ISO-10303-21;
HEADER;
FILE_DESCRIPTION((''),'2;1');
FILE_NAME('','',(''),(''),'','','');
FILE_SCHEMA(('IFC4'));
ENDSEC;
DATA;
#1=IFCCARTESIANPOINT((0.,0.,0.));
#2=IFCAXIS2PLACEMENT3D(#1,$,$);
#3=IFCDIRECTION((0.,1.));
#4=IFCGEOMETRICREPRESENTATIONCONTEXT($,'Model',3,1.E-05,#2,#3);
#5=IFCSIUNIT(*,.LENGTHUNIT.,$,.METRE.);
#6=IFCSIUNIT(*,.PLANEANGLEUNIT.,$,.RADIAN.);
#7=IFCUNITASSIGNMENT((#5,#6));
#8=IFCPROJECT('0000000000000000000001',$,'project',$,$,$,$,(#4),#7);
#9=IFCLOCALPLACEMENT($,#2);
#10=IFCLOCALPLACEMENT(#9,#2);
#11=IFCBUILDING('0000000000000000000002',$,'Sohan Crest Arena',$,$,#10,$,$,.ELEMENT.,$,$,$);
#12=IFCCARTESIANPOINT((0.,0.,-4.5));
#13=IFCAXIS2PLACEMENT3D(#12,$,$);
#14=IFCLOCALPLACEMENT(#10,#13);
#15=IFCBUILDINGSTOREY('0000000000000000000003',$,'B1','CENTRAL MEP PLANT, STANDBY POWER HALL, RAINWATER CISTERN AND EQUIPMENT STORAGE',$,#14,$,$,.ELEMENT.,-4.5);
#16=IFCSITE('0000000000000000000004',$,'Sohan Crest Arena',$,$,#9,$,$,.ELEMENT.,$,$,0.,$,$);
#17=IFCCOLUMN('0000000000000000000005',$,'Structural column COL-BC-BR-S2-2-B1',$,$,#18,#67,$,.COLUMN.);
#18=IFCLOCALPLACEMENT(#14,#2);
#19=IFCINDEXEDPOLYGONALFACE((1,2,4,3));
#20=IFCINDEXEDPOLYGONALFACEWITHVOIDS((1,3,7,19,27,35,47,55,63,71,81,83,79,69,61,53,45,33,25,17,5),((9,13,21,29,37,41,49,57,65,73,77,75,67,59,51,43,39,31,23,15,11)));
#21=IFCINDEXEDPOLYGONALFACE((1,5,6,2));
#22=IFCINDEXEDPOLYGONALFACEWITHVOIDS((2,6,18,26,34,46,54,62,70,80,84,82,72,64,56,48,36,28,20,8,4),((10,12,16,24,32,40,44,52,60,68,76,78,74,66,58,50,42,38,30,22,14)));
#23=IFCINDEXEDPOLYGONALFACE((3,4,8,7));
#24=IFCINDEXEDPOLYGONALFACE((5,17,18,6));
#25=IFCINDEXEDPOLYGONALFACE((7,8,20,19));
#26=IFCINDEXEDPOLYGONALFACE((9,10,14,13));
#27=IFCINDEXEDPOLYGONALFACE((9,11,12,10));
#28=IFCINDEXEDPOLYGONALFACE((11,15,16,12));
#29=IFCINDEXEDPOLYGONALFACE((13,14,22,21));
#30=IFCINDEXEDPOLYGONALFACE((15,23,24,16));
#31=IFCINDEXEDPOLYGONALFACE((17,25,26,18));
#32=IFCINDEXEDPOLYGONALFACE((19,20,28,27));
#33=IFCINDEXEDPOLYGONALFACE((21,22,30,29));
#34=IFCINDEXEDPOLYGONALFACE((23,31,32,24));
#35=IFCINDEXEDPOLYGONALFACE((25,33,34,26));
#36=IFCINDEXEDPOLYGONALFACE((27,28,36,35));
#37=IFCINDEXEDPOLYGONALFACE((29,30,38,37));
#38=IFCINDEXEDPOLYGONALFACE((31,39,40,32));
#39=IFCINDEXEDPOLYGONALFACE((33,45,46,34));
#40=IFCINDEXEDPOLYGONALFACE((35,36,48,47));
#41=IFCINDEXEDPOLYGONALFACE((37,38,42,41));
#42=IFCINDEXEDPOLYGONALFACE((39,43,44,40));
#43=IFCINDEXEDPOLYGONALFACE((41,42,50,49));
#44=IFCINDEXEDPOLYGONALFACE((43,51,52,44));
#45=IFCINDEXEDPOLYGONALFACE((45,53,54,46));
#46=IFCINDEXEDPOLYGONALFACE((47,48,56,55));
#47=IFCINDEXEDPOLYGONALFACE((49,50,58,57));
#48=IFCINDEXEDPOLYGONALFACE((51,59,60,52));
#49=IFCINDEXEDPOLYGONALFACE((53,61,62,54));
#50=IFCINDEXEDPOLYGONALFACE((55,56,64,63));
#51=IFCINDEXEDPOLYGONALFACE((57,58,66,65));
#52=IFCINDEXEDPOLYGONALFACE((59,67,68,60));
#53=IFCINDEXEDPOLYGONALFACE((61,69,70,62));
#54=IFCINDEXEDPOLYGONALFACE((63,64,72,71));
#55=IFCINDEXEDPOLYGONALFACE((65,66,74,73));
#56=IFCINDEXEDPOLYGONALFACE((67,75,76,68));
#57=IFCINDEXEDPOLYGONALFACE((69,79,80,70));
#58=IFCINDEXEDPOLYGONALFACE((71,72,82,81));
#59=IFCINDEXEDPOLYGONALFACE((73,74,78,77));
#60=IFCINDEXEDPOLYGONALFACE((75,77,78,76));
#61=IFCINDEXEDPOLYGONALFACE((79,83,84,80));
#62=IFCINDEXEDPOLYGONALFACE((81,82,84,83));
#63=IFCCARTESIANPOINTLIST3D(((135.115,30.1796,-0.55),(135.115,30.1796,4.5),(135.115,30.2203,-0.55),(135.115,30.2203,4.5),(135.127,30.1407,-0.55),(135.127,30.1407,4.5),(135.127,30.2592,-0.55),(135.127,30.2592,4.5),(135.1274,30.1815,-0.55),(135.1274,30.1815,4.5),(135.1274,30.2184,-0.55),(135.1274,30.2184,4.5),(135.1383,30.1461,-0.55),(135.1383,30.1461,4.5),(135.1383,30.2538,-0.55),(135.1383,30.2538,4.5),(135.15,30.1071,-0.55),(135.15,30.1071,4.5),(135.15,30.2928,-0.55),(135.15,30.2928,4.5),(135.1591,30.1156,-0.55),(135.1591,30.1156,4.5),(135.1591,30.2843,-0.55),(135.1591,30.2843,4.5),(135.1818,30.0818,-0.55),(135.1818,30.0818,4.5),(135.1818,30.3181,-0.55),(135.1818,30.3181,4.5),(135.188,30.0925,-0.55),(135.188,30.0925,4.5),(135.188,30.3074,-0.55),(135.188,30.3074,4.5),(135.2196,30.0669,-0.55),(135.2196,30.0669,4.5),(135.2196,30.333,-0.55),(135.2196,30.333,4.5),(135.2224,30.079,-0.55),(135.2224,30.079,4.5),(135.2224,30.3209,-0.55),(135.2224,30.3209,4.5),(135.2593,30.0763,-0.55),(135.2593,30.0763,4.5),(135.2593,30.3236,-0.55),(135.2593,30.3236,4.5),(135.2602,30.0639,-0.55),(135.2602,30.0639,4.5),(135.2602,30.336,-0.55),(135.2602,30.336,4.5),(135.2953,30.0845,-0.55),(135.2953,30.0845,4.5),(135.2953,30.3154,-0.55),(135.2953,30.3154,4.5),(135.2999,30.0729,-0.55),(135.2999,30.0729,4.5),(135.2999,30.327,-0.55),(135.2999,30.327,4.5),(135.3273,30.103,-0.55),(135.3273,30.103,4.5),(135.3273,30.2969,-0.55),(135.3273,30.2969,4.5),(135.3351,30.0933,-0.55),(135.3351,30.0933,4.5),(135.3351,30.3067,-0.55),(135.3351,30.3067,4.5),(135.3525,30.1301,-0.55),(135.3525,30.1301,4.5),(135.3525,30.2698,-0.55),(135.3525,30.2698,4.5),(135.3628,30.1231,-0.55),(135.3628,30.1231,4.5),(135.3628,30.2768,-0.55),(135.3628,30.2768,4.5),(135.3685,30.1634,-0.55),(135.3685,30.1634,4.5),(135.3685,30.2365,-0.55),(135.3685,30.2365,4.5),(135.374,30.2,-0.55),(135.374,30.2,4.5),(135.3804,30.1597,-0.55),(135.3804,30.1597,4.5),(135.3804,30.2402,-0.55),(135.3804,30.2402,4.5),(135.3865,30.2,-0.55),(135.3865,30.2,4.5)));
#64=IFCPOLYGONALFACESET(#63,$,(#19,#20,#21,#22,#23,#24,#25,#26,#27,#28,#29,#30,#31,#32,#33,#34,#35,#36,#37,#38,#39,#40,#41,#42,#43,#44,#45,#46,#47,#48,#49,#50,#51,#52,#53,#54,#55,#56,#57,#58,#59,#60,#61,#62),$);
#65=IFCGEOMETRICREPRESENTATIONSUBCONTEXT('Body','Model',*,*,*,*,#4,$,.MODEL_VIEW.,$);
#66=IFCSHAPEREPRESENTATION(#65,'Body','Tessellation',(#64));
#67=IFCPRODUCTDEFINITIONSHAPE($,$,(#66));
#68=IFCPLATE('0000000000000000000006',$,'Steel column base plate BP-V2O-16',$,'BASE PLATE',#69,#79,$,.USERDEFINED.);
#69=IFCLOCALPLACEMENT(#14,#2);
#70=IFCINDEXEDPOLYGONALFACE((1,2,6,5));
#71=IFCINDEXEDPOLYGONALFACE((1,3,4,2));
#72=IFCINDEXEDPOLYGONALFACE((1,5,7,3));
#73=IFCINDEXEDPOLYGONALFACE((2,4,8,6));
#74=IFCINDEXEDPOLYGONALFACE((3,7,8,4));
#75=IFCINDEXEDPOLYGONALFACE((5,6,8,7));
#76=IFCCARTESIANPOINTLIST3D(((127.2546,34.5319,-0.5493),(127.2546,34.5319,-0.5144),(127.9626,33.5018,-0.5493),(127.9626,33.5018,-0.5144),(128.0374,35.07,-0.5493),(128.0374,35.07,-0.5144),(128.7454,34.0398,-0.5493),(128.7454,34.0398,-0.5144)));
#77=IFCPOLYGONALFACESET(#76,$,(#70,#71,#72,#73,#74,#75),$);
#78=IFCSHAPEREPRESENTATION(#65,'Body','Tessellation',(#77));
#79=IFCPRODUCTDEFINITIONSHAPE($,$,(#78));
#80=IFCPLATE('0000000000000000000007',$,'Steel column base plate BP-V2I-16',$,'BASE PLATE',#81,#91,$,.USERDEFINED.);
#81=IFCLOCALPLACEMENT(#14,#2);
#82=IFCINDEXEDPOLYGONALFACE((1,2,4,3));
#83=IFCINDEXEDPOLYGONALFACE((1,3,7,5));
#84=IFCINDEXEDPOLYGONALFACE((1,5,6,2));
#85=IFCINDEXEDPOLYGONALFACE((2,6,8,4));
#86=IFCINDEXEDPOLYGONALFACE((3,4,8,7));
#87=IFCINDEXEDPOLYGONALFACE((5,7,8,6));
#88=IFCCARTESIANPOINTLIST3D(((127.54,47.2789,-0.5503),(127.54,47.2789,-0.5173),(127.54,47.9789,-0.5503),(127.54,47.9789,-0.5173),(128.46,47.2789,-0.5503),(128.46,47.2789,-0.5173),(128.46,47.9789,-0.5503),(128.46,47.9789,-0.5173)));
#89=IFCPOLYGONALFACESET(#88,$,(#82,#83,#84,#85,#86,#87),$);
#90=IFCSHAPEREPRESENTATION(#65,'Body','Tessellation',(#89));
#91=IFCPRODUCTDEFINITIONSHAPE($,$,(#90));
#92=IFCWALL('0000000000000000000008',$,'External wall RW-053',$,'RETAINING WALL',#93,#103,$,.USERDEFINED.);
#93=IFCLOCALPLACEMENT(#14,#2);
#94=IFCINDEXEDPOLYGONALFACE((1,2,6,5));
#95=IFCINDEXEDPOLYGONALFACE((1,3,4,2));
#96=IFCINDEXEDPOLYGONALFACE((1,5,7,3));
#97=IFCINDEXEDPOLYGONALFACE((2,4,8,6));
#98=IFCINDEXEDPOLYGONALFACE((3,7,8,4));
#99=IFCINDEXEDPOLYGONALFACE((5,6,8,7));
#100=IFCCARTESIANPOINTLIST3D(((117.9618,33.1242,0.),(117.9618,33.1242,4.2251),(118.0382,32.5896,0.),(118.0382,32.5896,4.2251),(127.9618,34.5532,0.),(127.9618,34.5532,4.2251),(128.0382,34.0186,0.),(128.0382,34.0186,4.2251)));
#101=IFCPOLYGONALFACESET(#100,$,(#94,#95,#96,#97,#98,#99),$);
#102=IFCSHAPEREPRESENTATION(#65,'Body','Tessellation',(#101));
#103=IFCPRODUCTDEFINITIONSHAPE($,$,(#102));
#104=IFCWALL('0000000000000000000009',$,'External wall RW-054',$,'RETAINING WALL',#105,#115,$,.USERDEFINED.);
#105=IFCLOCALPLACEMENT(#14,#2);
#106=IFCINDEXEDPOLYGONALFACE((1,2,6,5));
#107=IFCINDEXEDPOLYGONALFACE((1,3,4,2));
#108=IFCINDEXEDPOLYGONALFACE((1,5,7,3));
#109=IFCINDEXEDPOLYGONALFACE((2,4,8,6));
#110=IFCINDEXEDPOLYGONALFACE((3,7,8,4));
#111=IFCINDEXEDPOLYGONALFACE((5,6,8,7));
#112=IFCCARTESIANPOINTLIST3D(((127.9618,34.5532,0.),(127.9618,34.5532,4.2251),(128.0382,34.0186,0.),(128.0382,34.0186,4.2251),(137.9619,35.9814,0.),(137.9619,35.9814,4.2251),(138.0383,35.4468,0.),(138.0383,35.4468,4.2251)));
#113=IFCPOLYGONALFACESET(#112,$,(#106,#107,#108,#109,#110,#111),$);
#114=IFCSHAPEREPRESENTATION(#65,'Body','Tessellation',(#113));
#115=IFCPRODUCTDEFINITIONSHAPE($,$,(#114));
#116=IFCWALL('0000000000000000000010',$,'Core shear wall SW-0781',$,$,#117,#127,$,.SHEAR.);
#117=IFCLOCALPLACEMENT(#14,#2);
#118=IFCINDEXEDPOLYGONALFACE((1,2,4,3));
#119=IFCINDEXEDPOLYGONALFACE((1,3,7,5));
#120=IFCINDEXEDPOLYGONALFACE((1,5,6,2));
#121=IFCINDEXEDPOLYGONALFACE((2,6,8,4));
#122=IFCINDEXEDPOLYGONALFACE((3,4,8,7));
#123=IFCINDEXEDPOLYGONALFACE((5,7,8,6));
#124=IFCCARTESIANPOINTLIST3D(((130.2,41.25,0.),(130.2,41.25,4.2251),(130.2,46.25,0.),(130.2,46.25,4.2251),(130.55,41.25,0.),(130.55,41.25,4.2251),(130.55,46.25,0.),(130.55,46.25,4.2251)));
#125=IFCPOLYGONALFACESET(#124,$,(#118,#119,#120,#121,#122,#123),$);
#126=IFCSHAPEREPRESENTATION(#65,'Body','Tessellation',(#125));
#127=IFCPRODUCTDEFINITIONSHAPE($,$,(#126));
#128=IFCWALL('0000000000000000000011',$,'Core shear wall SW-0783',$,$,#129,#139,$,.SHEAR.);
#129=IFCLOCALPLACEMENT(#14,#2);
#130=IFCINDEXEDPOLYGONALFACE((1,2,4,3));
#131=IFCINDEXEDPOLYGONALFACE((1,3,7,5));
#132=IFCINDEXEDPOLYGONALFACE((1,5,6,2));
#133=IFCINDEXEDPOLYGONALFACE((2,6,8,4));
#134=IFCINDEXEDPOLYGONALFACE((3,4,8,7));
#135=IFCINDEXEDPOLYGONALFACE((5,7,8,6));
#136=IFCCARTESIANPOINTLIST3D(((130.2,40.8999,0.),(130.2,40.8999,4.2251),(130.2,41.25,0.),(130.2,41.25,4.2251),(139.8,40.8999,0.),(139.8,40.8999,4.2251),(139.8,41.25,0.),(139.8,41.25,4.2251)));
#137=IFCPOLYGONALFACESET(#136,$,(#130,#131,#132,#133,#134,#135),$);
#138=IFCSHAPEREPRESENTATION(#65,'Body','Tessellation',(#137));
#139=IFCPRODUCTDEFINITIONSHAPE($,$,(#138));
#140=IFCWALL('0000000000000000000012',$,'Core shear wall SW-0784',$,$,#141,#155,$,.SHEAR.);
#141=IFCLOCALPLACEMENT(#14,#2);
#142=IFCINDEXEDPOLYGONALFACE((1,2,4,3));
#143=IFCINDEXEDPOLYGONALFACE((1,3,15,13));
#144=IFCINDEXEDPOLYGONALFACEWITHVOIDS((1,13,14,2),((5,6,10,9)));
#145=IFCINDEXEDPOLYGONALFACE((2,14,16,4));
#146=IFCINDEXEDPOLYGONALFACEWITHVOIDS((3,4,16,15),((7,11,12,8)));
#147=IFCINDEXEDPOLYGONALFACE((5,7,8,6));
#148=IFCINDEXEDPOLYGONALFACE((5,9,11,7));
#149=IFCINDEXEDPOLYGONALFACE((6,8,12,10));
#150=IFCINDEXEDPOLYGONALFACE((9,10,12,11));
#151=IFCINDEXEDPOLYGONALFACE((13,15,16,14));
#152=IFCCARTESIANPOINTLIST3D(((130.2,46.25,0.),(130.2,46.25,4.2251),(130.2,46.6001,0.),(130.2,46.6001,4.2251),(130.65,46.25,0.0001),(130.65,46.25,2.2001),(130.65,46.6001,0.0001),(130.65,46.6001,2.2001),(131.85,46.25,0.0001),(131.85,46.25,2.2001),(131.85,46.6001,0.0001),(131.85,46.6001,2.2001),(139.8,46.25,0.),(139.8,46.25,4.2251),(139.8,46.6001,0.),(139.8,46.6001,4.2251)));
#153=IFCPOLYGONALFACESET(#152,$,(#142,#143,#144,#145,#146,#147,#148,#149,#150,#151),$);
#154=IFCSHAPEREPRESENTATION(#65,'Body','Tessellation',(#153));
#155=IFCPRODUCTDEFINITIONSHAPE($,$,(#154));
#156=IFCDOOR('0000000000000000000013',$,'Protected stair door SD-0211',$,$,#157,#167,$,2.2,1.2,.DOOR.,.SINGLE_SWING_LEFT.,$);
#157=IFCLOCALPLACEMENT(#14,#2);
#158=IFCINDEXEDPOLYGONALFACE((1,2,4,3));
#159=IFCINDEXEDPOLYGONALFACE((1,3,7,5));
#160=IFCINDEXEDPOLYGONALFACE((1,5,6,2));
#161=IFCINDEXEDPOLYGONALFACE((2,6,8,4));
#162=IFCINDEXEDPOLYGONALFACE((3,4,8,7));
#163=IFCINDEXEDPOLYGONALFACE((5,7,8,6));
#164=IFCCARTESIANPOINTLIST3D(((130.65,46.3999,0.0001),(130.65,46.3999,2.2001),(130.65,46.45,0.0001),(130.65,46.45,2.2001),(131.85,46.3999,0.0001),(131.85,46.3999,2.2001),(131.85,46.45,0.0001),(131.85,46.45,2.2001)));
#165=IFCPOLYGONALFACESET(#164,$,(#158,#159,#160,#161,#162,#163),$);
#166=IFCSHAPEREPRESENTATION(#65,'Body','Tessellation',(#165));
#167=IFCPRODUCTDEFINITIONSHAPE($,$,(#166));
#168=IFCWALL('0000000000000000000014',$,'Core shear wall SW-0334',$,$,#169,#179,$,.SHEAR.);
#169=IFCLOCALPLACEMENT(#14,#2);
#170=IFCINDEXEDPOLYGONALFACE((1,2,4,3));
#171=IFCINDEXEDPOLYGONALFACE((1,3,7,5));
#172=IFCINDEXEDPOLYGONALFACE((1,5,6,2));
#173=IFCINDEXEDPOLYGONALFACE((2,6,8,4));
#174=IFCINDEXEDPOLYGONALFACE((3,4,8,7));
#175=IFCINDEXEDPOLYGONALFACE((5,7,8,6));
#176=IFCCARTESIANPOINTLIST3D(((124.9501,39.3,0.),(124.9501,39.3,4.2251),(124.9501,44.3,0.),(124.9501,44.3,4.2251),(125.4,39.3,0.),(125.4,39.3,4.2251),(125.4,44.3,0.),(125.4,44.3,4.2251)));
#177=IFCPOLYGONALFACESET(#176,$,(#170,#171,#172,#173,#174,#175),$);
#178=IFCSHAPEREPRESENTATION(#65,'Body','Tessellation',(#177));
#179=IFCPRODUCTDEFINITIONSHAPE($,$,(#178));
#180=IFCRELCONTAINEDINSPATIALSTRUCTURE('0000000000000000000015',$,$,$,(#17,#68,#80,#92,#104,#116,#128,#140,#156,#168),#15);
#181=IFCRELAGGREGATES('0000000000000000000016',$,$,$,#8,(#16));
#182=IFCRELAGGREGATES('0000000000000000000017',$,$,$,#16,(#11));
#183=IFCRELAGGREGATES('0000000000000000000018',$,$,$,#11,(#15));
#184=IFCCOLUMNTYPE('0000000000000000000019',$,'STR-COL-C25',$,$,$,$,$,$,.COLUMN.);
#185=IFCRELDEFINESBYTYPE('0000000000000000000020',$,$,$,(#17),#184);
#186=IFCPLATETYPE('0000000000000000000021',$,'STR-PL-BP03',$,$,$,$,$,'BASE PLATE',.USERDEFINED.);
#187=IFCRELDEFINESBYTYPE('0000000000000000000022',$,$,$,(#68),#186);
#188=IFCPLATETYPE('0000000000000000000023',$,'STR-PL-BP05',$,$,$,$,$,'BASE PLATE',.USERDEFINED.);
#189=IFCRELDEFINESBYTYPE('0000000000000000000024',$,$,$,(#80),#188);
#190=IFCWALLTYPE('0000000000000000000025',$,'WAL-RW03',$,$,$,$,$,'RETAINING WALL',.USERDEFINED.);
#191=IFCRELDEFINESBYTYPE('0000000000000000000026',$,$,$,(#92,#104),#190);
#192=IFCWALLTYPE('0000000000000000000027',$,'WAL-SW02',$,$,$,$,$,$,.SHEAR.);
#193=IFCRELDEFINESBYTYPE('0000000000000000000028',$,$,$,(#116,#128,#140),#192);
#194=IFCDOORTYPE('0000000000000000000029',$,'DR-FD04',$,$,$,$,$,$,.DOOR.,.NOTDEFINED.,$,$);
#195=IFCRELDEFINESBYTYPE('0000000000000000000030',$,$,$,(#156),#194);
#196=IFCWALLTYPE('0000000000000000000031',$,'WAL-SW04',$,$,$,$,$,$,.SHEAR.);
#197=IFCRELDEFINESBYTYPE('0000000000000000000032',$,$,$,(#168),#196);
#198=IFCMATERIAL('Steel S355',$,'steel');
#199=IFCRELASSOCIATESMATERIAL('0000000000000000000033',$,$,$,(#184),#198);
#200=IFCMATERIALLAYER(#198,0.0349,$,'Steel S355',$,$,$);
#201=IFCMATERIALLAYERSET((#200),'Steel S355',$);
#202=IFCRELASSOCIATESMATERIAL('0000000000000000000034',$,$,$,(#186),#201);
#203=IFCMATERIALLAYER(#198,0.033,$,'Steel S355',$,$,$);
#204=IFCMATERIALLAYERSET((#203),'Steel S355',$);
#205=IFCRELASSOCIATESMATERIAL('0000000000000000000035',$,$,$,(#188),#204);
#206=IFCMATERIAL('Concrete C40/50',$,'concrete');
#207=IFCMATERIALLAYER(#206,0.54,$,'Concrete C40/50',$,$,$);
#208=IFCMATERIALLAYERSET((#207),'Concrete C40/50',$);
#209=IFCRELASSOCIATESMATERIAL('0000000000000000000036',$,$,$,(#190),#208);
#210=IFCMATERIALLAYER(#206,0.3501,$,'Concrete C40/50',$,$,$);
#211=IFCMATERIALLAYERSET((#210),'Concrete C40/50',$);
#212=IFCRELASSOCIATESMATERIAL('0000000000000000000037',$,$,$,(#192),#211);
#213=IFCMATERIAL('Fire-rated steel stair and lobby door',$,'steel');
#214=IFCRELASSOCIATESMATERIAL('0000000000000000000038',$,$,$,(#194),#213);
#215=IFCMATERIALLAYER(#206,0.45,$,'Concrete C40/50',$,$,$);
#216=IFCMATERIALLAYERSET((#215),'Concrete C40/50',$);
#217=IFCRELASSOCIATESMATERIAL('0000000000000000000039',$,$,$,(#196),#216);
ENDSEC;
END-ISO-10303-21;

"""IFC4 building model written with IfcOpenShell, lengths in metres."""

from ifc_helpers import new_model, si_unit, direction, frame, frame_2d, origin, origin_2d, place, context, subcontext, project, spatial, rectangle, hollow_circle, extrude, material, layer, layer_set, material_profile, profile_set, type_object, element, fill, save


model = new_model("IFC4")

# Units and contexts
model_context = context("Model", 3, precision=1e-05, world=origin(), true_north=direction((0.0, 1.0)))
body_context = subcontext(model_context, "Body", "Model", "MODEL_VIEW")
ifc_project = project(units=[si_unit("LENGTHUNIT", "METRE"), si_unit("PLANEANGLEUNIT", "RADIAN")], contexts=[model_context])

# Site, building, storey
site_placement = place(None, origin())
site = spatial("IfcSite", under=ifc_project, at=site_placement, Name="Sohan Crest Arena", CompositionType="ELEMENT", RefElevation=0.0)
building_placement = place(site_placement, origin())
building = spatial("IfcBuilding", under=site, at=building_placement, Name="Sohan Crest Arena", CompositionType="ELEMENT")
storey_placement = place(building_placement, frame((0.0, 0.0, -4.5)))
storey = spatial("IfcBuildingStorey", under=building, at=storey_placement, Name="B1", Description="CENTRAL MEP PLANT, STANDBY POWER HALL, RAINWATER CISTERN AND EQUIPMENT STORAGE", CompositionType="ELEMENT", Elevation=-4.5)

# Shared definitions
ifc_material_1 = material(Name="Concrete C40/50", Category="concrete")

# Column
ifc_material_2 = material(Name="Steel S355", Category="steel")
ifc_material_profile_1 = material_profile(ifc_material_2, hollow_circle(Radius=0.1365, WallThickness=0.0125, at=origin_2d()), Name="CHS 273x12.5")
ifc_profile_set_1 = profile_set([ifc_material_profile_1], Name="Steel S355")
column_type_1 = type_object("IfcColumnType", Name="STR-COL-C25", PredefinedType="COLUMN", material=ifc_profile_set_1)
column_1_placement = place(storey_placement, frame((135.25, 30.2, -0.55), z_axis=(0.0, 0.0, 1.0), x_axis=(1.0, 0.0, 0.0)))
element("IfcColumn", 1, at=column_1_placement, inside=storey, type_object=column_type_1, Name="Structural column COL-BC-BR-S2-2-B1", PredefinedType="COLUMN", context=body_context, shape_type="SweptSolid", body=[
    extrude(hollow_circle(Radius=0.1365, WallThickness=0.0125, at=origin_2d()), origin(), (0.0, 0.0, 1.0), 5.05),
])

# Plates
ifc_layer_1 = layer(ifc_material_2, 0.0349, Name="Steel S355")
ifc_layer_set_1 = layer_set([ifc_layer_1], Name="Steel S355")
plate_type_1 = type_object("IfcPlateType", Name="STR-PL-BP03", ElementType="BASE PLATE", PredefinedType="USERDEFINED", material=ifc_layer_set_1)
plate_1_placement = place(storey_placement, frame((128.0, 34.2859, -0.5493), z_axis=(0.0, 0.0, 1.0), x_axis=(-0.566406, 0.824126, 0.0)))
element("IfcPlate", 2, at=plate_1_placement, inside=storey, type_object=plate_type_1, Name="Steel column base plate BP-V2O-16", ObjectType="BASE PLATE", PredefinedType="USERDEFINED", context=body_context, shape_type="SweptSolid", body=[
    extrude(rectangle(XDim=1.25, YDim=0.95, at=origin_2d()), origin(), (0.0, 0.0, 1.0), 0.0349),
])
ifc_layer_2 = layer(ifc_material_2, 0.033, Name="Steel S355")
ifc_layer_set_2 = layer_set([ifc_layer_2], Name="Steel S355")
plate_type_2 = type_object("IfcPlateType", Name="STR-PL-BP05", ElementType="BASE PLATE", PredefinedType="USERDEFINED", material=ifc_layer_set_2)
plate_2_placement = place(storey_placement, frame((128.0, 47.6289, -0.5503), z_axis=(0.0, 0.0, 1.0), x_axis=(1.0, 0.0, 0.0)))
element("IfcPlate", 3, at=plate_2_placement, inside=storey, type_object=plate_type_2, Name="Steel column base plate BP-V2I-16", ObjectType="BASE PLATE", PredefinedType="USERDEFINED", context=body_context, shape_type="SweptSolid", body=[
    extrude(rectangle(XDim=0.9199, YDim=0.7, at=origin_2d()), origin(), (0.0, 0.0, 1.0), 0.033),
])

# Walls
ifc_layer_3 = layer(ifc_material_1, 0.54, Name="Concrete C40/50")
ifc_layer_set_3 = layer_set([ifc_layer_3], Name="Concrete C40/50")
wall_type_1 = type_object("IfcWallType", Name="WAL-RW03", ElementType="RETAINING WALL", PredefinedType="USERDEFINED", material=ifc_layer_set_3)
for number, where, z_axis, x_axis, name in (
    (4, (118.0, 32.8569, 0.0), (0.0, 0.0, 1.0), (0.989944, 0.141459, 0.0), "External wall RW-053"),
    (5, (128.0, 34.2859, 0.0), (0.0, 0.0, 1.0), (0.989954, 0.141388, 0.0), "External wall RW-054"),
):
    element("IfcWall", number, at=place(storey_placement, frame(where, z_axis=z_axis, x_axis=x_axis)), inside=storey, type_object=wall_type_1, Name=name, ObjectType="RETAINING WALL", PredefinedType="USERDEFINED", context=body_context, shape_type="SweptSolid", body=[
        extrude(rectangle(XDim=10.1016, YDim=0.54, at=frame_2d((5.0508, 0.0))), origin(), (0.0, 0.0, 1.0), 4.2251),
    ])
ifc_layer_4 = layer(ifc_material_1, 0.3501, Name="Concrete C40/50")
ifc_layer_set_4 = layer_set([ifc_layer_4], Name="Concrete C40/50")
wall_type_2 = type_object("IfcWallType", Name="WAL-SW02", PredefinedType="SHEAR", material=ifc_layer_set_4)
wall_1_placement = place(storey_placement, frame((130.375, 41.25, 0.0), z_axis=(0.0, 0.0, 1.0), x_axis=(0.0, 1.0, 0.0)))
element("IfcWall", 6, at=wall_1_placement, inside=storey, type_object=wall_type_2, Name="Core shear wall SW-0781", PredefinedType="SHEAR", context=body_context, shape_type="SweptSolid", body=[
    extrude(rectangle(XDim=5.0, YDim=0.3501, at=frame_2d((2.5, 0.0))), origin(), (0.0, 0.0, 1.0), 4.2251),
])
wall_2_placement = place(storey_placement, frame((130.2, 41.075, 0.0), z_axis=(0.0, 0.0, 1.0), x_axis=(1.0, 0.0, 0.0)))
element("IfcWall", 7, at=wall_2_placement, inside=storey, type_object=wall_type_2, Name="Core shear wall SW-0783", PredefinedType="SHEAR", context=body_context, shape_type="SweptSolid", body=[
    extrude(rectangle(XDim=9.6001, YDim=0.3501, at=frame_2d((4.8, 0.0))), origin(), (0.0, 0.0, 1.0), 4.2251),
])

# Wall, opening, door
wall_3_placement = place(storey_placement, frame((130.2, 46.425, 0.0), z_axis=(0.0, 0.0, 1.0), x_axis=(1.0, 0.0, 0.0)))
wall_3 = element("IfcWall", 8, at=wall_3_placement, inside=storey, type_object=wall_type_2, Name="Core shear wall SW-0784", PredefinedType="SHEAR", context=body_context, shape_type="SweptSolid", body=[
    extrude(rectangle(XDim=9.6001, YDim=0.3501, at=frame_2d((4.8, 0.0))), origin(), (0.0, 0.0, 1.0), 4.2251),
])
opening_placement = place(wall_3_placement, frame((0.45, 0.0, 0.0)))
opening = element("IfcOpeningElement", 9, at=opening_placement, cuts=wall_3, PredefinedType="OPENING", context=body_context, shape_type="SweptSolid", body=[
    extrude(rectangle(XDim=1.2, YDim=2.2, at=frame_2d((0.6001, 1.1001))), frame((0.0, 0.1851, 0.0), z_axis=(0.0, -1.0, 0.0), x_axis=(1.0, 0.0, 0.0)), (0.0, 0.0, 1.0), 0.3701),
])
ifc_material_3 = material(Name="Fire-rated steel stair and lobby door", Category="steel")
door_type = type_object("IfcDoorType", Name="DR-FD04", OperationType="NOTDEFINED", PredefinedType="DOOR", material=ifc_material_3)
door_placement = place(opening_placement, origin())
door = element("IfcDoor", 10, at=door_placement, inside=storey, type_object=door_type, Name="Protected stair door SD-0211", OperationType="SINGLE_SWING_LEFT", OverallHeight=2.2, OverallWidth=1.2, PredefinedType="DOOR", context=body_context, shape_type="SweptSolid", body=[
    extrude(rectangle(XDim=1.2, YDim=2.2, at=frame_2d((0.6001, 1.1001))), frame((0.0, 0.0249, 0.0), z_axis=(0.0, -1.0, 0.0), x_axis=(1.0, 0.0, 0.0)), (0.0, 0.0, 1.0), 0.05),
])
fill(opening, door)

# Wall
ifc_layer_5 = layer(ifc_material_1, 0.45, Name="Concrete C40/50")
ifc_layer_set_5 = layer_set([ifc_layer_5], Name="Concrete C40/50")
wall_type_3 = type_object("IfcWallType", Name="WAL-SW04", PredefinedType="SHEAR", material=ifc_layer_set_5)
wall_4_placement = place(storey_placement, frame((125.175, 39.3, 0.0), z_axis=(0.0, 0.0, 1.0), x_axis=(0.0, 1.0, 0.0)))
element("IfcWall", 11, at=wall_4_placement, inside=storey, type_object=wall_type_3, Name="Core shear wall SW-0334", PredefinedType="SHEAR", context=body_context, shape_type="SweptSolid", body=[
    extrude(rectangle(XDim=5.0, YDim=0.45, at=frame_2d((2.5, 0.0))), origin(), (0.0, 0.0, 1.0), 4.2251),
])

save(model, "model.ifc")
